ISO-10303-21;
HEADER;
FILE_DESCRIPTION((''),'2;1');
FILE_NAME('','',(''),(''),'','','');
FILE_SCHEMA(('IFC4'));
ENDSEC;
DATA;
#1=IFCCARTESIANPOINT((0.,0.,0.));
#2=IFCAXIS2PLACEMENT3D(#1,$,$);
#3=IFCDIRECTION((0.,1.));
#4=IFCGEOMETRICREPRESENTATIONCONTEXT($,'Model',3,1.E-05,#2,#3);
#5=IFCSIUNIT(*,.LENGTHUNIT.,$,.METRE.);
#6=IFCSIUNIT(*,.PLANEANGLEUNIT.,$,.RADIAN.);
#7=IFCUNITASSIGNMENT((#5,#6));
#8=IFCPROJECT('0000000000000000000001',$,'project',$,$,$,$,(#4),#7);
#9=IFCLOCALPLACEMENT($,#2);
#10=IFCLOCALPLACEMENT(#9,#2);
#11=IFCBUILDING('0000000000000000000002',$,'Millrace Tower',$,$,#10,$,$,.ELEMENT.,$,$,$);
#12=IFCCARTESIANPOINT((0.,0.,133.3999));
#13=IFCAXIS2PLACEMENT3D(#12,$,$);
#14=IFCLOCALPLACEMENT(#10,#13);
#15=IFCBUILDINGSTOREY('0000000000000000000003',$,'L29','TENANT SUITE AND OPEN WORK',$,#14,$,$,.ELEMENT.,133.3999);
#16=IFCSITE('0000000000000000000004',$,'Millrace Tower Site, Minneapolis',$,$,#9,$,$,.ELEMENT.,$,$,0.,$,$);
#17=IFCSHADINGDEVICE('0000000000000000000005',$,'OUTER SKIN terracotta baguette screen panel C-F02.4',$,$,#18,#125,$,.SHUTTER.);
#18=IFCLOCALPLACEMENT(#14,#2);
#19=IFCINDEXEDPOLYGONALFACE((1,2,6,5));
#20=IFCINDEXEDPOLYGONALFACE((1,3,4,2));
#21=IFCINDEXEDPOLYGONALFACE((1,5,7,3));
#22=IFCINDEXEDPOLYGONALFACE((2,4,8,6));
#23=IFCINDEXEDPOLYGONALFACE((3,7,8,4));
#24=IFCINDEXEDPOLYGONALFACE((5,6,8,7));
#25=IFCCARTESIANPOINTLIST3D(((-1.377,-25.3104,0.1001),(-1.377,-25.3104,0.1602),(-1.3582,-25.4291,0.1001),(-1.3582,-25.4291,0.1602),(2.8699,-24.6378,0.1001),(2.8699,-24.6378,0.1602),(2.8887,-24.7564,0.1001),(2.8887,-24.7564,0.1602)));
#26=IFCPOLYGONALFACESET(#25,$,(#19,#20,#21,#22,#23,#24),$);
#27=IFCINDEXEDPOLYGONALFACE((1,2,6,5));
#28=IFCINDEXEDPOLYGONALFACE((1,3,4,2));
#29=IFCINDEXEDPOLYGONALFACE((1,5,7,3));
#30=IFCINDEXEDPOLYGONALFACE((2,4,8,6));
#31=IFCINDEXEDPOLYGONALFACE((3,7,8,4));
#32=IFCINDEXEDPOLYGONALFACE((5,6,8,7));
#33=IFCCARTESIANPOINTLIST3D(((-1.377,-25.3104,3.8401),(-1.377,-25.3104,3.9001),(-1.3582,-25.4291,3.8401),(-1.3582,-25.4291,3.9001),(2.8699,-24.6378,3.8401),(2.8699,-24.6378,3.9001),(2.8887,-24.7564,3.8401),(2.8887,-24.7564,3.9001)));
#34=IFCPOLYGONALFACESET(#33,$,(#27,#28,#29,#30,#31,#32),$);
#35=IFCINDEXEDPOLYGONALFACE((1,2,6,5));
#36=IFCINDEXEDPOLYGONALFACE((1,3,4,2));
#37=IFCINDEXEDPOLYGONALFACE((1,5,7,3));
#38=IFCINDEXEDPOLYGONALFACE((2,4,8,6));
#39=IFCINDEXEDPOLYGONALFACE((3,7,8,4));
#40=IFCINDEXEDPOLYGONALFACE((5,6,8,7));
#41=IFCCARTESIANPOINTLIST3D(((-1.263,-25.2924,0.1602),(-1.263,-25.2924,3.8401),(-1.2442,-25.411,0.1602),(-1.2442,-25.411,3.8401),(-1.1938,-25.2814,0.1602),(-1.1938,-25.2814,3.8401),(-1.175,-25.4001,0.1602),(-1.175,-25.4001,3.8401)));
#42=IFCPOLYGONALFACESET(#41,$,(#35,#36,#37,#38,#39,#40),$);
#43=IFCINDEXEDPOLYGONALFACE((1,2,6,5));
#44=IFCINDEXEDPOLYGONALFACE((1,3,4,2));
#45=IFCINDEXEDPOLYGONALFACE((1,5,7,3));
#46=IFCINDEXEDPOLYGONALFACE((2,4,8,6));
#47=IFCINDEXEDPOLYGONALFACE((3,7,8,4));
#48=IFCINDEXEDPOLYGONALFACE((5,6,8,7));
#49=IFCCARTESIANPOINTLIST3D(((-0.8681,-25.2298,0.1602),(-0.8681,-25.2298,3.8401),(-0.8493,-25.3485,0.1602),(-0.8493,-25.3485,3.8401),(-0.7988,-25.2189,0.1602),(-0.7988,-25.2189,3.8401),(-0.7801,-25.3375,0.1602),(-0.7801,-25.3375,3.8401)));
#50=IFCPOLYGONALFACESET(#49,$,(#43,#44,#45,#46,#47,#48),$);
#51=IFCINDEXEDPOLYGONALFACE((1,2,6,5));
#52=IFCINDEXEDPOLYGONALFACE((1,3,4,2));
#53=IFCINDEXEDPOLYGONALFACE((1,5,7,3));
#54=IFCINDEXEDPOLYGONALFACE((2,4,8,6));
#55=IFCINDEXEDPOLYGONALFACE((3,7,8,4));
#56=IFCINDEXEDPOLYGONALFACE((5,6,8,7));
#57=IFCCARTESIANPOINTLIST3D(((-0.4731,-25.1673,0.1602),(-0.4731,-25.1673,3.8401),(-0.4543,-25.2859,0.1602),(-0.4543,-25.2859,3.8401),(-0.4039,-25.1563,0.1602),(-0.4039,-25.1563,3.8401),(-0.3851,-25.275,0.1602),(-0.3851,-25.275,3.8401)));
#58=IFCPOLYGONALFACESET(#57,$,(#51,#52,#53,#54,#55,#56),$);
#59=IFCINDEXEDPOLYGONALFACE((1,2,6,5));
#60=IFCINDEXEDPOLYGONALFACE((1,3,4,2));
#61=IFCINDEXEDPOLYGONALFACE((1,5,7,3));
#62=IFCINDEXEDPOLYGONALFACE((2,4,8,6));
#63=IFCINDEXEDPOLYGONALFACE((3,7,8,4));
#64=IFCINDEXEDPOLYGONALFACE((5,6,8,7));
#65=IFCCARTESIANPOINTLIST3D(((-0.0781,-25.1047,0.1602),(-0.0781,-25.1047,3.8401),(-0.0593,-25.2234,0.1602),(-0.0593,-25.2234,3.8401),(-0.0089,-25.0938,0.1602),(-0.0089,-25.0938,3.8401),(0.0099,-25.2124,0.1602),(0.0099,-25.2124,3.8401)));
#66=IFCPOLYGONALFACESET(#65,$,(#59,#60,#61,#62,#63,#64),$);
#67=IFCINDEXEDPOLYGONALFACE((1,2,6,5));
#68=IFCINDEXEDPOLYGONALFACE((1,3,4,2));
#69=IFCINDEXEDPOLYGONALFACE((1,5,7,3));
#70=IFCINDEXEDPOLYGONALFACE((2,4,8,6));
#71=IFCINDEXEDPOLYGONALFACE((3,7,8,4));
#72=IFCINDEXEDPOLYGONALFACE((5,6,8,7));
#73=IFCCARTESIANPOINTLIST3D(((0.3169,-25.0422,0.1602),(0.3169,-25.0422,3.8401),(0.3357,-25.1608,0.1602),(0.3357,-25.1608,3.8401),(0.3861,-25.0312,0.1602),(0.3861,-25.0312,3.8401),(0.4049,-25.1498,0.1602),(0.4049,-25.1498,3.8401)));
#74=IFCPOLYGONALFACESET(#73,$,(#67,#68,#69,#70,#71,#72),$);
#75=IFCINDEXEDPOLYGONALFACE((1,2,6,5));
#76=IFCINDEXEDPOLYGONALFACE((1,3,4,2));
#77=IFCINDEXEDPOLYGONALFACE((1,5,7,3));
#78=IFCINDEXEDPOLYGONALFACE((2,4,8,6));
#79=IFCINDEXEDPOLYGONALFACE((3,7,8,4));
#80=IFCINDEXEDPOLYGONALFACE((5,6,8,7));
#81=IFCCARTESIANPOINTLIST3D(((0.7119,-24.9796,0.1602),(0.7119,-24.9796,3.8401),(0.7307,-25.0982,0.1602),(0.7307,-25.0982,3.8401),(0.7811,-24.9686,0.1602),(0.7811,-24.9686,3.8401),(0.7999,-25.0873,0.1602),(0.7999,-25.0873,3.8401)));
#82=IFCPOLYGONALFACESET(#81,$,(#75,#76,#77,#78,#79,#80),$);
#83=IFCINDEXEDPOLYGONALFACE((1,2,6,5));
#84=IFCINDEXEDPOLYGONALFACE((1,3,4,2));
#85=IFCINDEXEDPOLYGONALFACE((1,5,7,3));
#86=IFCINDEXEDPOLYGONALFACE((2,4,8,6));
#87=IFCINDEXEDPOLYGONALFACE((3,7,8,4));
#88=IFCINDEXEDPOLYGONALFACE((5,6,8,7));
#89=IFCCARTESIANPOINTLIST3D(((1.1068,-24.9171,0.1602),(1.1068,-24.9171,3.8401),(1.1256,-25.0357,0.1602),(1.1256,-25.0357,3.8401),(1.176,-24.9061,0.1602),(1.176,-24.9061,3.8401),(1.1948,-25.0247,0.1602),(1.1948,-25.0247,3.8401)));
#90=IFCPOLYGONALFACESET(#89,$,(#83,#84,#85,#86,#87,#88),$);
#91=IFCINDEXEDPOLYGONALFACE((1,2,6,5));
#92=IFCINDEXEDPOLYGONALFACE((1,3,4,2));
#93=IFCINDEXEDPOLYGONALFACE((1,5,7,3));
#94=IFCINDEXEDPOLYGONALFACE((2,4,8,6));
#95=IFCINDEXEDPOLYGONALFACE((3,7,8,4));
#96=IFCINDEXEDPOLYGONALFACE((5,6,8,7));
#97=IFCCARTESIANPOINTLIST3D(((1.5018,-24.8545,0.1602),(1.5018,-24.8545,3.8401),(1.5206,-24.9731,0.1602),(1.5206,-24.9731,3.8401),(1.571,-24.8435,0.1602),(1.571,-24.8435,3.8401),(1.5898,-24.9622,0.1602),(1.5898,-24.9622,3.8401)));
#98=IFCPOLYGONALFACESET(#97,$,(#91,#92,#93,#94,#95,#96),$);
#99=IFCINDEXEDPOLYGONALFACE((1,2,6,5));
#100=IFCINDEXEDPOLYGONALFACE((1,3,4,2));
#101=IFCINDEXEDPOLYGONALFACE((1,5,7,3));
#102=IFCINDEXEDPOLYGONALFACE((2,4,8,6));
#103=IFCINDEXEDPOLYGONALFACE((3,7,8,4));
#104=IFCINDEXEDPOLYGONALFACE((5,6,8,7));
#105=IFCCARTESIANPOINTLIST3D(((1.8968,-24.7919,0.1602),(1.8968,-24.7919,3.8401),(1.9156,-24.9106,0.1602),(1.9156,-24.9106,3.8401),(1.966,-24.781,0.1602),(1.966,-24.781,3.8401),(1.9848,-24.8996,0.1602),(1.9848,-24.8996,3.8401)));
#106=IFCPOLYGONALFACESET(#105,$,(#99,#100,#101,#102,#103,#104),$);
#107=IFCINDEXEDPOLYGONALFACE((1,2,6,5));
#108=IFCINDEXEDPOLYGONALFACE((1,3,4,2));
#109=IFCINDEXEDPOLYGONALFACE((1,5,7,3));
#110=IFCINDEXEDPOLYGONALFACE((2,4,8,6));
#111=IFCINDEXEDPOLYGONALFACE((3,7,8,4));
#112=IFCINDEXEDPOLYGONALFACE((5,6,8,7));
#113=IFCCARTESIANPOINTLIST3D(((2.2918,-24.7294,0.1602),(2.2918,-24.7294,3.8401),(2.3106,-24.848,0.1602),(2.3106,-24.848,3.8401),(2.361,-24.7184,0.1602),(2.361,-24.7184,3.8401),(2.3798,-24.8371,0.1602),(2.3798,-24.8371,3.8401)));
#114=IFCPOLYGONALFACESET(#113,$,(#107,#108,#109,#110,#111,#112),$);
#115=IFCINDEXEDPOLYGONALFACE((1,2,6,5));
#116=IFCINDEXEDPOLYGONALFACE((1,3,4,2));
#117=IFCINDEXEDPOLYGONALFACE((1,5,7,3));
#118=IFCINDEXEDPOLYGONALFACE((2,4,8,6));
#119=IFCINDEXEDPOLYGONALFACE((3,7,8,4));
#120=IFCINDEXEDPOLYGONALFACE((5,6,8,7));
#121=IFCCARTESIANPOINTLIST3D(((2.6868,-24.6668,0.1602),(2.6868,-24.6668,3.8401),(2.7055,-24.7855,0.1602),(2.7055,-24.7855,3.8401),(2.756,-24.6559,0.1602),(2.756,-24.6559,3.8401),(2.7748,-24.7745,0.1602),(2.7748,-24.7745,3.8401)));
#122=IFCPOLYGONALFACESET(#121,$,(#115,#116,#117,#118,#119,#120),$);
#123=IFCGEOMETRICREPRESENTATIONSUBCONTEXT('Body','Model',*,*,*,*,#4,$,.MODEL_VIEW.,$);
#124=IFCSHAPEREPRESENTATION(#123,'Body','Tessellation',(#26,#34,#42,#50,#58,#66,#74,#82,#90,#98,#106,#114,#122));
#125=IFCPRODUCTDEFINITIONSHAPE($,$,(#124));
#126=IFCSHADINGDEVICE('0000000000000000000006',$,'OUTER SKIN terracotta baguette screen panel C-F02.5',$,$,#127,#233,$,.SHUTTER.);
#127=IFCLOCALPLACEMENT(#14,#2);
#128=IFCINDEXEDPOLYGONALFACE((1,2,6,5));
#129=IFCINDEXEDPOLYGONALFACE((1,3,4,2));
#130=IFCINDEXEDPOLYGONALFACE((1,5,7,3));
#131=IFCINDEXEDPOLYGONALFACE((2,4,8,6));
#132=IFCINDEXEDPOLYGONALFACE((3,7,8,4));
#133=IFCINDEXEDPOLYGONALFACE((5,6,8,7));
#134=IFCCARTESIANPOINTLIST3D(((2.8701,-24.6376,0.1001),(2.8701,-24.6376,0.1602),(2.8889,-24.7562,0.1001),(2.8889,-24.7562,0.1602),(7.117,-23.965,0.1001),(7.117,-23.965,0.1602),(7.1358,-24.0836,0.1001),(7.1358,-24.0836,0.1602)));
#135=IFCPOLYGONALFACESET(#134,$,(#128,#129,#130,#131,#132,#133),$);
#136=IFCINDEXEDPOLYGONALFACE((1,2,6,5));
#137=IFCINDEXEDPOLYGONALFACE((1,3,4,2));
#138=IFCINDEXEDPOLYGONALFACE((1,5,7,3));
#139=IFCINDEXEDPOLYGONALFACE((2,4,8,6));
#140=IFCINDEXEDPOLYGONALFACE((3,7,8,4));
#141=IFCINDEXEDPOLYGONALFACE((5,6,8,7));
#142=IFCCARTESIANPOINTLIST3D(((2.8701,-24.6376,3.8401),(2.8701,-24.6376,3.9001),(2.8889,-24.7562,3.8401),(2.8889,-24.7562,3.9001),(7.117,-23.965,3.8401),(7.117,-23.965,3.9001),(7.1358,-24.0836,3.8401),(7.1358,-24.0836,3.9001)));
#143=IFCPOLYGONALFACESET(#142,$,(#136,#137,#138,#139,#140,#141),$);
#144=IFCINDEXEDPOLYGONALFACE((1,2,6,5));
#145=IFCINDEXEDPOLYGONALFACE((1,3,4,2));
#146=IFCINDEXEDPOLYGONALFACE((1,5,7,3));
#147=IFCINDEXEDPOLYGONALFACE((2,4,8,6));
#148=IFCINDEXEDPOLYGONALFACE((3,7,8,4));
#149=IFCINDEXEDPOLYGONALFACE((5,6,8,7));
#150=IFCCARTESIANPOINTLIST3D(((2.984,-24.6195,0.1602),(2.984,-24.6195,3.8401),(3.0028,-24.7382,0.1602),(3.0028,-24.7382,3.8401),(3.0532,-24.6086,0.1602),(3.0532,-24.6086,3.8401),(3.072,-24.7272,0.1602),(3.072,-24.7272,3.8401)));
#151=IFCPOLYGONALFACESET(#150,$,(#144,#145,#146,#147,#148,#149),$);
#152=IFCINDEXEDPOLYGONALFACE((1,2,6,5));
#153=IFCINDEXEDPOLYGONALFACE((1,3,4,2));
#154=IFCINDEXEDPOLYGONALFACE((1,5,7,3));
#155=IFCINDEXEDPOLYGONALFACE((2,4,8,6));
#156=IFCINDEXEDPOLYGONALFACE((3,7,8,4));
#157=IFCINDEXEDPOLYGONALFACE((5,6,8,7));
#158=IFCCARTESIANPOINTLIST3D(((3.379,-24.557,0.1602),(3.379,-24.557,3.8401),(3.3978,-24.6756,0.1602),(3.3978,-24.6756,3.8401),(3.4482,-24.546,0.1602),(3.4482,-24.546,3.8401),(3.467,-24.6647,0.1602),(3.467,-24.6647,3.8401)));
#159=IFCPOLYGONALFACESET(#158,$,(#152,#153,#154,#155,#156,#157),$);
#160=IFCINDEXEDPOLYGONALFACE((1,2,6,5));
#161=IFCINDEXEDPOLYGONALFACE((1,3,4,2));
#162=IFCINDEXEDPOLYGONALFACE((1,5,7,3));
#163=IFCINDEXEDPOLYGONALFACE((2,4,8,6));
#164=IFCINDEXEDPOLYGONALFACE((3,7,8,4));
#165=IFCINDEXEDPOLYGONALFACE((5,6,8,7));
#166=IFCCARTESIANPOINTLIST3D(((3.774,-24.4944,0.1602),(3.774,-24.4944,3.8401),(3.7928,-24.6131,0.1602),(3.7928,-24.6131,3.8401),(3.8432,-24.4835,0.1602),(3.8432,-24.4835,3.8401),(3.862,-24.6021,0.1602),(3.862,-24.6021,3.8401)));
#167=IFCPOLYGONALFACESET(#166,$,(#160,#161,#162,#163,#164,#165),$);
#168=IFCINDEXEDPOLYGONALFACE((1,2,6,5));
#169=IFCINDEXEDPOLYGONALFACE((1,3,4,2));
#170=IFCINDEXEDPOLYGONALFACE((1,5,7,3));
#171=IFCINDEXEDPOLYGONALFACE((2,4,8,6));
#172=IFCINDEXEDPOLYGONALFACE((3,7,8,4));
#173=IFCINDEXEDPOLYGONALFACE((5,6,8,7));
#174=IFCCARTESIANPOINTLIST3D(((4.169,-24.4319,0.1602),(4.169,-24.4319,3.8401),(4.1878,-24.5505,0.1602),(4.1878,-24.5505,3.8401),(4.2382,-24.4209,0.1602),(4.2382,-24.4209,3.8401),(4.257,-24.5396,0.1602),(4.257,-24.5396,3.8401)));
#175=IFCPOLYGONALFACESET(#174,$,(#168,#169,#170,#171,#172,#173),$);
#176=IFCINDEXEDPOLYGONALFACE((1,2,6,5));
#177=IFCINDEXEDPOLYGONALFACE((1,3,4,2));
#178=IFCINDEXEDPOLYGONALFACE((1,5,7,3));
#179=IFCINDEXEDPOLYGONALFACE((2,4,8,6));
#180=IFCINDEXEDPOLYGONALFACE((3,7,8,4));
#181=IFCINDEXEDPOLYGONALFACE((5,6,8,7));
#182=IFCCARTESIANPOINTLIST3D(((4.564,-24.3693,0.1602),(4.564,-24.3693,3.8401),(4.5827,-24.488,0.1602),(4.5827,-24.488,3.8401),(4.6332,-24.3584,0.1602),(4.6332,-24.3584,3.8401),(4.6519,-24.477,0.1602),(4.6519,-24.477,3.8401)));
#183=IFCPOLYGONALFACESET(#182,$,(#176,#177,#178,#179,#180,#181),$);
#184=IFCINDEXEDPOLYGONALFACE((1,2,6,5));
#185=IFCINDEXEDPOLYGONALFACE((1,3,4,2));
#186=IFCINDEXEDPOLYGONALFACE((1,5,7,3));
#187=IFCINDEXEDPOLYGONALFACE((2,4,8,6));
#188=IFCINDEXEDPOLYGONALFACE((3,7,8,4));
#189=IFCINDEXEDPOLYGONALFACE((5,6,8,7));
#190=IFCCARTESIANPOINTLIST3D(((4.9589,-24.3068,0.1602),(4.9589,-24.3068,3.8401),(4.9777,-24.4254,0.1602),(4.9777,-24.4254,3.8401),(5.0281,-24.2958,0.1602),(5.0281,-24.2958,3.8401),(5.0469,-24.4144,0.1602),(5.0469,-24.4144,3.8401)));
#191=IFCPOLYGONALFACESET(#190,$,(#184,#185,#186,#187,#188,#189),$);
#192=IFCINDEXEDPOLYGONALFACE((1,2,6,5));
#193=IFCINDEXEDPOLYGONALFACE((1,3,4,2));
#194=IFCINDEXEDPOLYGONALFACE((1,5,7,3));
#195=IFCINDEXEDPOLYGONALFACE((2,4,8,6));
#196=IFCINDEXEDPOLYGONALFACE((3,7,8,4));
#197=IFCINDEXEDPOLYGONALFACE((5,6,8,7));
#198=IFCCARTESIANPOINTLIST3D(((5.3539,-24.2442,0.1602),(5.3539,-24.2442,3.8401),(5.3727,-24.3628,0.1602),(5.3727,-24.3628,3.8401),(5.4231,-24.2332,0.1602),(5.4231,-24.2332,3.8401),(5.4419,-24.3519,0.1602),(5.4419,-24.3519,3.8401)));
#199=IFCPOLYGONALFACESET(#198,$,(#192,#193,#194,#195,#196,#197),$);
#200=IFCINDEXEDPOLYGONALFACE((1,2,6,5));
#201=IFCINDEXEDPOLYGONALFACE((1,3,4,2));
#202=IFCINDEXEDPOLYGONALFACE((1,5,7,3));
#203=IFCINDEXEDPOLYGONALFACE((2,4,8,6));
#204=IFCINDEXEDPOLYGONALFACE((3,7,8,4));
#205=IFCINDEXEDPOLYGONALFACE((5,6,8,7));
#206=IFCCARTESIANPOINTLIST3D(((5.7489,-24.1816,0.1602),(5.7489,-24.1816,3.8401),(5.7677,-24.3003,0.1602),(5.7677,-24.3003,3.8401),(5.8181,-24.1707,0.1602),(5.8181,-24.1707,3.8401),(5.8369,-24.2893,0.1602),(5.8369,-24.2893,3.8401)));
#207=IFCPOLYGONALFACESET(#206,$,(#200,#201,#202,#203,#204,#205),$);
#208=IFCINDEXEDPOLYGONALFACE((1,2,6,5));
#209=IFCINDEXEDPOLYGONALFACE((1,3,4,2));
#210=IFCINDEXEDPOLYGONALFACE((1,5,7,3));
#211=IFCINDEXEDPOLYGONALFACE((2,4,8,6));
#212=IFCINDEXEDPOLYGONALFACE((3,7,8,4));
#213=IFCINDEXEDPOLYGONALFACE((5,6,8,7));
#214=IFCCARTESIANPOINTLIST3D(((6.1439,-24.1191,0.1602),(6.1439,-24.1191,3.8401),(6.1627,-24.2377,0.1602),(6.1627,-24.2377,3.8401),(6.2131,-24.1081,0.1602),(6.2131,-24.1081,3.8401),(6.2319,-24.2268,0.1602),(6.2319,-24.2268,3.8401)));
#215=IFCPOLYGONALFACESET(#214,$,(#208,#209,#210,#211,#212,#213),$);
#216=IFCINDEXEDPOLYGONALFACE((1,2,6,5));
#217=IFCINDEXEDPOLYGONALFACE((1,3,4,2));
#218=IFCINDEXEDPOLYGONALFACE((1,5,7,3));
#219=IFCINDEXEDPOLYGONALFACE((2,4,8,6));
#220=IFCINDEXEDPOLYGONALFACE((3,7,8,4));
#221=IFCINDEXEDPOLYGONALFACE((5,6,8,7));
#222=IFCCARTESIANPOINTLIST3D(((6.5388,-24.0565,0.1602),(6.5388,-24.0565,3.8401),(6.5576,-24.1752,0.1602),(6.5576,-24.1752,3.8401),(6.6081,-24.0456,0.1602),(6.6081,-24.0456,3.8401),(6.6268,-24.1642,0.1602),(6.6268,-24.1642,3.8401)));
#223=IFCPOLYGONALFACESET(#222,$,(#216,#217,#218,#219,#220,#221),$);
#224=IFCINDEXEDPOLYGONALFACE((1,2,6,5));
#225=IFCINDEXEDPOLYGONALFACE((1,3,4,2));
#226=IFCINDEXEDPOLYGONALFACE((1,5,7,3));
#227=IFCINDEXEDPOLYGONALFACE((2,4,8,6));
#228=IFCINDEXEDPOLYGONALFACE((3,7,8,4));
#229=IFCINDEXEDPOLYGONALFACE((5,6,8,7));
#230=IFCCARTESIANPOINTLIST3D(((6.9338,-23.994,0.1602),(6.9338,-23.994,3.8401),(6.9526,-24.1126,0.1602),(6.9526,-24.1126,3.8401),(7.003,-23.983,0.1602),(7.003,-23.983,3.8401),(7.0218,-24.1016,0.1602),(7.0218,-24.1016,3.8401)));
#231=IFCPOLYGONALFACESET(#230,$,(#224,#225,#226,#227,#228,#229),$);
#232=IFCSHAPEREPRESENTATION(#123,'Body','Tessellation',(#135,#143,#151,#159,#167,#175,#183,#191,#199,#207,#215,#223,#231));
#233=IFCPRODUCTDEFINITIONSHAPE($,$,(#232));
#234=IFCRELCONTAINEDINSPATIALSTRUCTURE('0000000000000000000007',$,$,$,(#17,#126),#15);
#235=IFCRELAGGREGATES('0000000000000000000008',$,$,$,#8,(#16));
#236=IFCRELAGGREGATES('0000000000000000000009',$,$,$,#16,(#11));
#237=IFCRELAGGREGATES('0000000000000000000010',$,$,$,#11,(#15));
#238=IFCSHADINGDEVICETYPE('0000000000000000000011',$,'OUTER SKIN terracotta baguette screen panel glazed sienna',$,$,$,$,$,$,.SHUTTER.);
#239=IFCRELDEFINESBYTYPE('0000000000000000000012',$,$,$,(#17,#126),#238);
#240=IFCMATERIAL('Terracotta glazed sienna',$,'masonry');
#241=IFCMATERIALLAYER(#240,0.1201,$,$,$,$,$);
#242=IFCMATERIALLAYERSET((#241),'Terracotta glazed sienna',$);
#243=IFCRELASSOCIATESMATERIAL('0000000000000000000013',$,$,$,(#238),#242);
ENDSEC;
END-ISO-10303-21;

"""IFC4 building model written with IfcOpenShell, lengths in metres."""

from ifc_helpers import new_model, entity, si_unit, direction, frame, frame_2d, origin, origin_2d, place, context, subcontext, project, spatial, rectangle, extrude, source, transform, mapped, material, layer, layer_set, type_object, element, save


model = new_model("IFC4")

# Units and contexts
model_context = context("Model", 3, precision=1e-05, world=origin(), true_north=direction((0.0, 1.0)))
body_context = subcontext(model_context, "Body", "Model", "MODEL_VIEW")
ifc_project = project(units=[si_unit("LENGTHUNIT", "METRE"), si_unit("PLANEANGLEUNIT", "RADIAN")], contexts=[model_context])

# Site, building, storey
site_placement = place(None, origin())
site = spatial("IfcSite", under=ifc_project, at=site_placement, Name="Millrace Tower Site, Minneapolis", CompositionType="ELEMENT", RefElevation=0.0)
building_placement = place(site_placement, origin())
building = spatial("IfcBuilding", under=site, at=building_placement, Name="Millrace Tower", CompositionType="ELEMENT")
storey_placement = place(building_placement, frame((0.0, 0.0, 133.3999)))
storey = spatial("IfcBuildingStorey", under=building, at=storey_placement, Name="L29", Description="TENANT SUITE AND OPEN WORK", CompositionType="ELEMENT", Elevation=133.3999)

# Shading devices
ifc_material_1 = material(Name="Terracotta glazed sienna", Category="masonry")
ifc_layer_1 = layer(ifc_material_1, 0.1201)
ifc_layer_set_1 = layer_set([ifc_layer_1], Name="Terracotta glazed sienna")
shading_device_type = type_object("IfcShadingDeviceType", Name="OUTER SKIN terracotta baguette screen panel glazed sienna", PredefinedType="SHUTTER", material=ifc_layer_set_1)
cartesian_point = entity("IfcCartesianPoint", [-2.1499, 0.0601])
shared_polyline = entity("IfcPolyline", [cartesian_point, entity("IfcCartesianPoint", [2.1499, 0.0601]), entity("IfcCartesianPoint", [2.1499, -0.0601]), entity("IfcCartesianPoint", [-2.1499, -0.0601]), cartesian_point])
shared_shape = source(origin(), body_context, "Body", "SweptSolid", [
    entity("IfcExtrudedAreaSolid", entity("IfcArbitraryClosedProfileDef", "AREA", None, shared_polyline), entity("IfcAxis2Placement3D", entity("IfcCartesianPoint", [0.0, 0.0, 0.0])), entity("IfcDirection", [0.0, 0.0, 1.0]), 0.0601),
    entity("IfcExtrudedAreaSolid", entity("IfcArbitraryClosedProfileDef", "AREA", None, shared_polyline), entity("IfcAxis2Placement3D", entity("IfcCartesianPoint", [0.0, 0.0, 3.74])), entity("IfcDirection", [0.0, 0.0, 1.0]), 0.0601),
    extrude(rectangle(XDim=0.0701, YDim=0.1201, at=frame_2d((-1.9995, 0.0))), frame((0.0, 0.0, 0.0601)), (0.0, 0.0, 1.0), 3.6799),
    extrude(rectangle(XDim=0.0701, YDim=0.1201, at=frame_2d((-1.5996, 0.0))), frame((0.0, 0.0, 0.0601)), (0.0, 0.0, 1.0), 3.6799),
    extrude(rectangle(XDim=0.0701, YDim=0.1201, at=frame_2d((-1.1997, 0.0))), frame((0.0, 0.0, 0.0601)), (0.0, 0.0, 1.0), 3.6799),
    extrude(rectangle(XDim=0.0701, YDim=0.1201, at=frame_2d((-0.7998, 0.0))), frame((0.0, 0.0, 0.0601)), (0.0, 0.0, 1.0), 3.6799),
    extrude(rectangle(XDim=0.0701, YDim=0.1201, at=frame_2d((-0.3999, 0.0))), frame((0.0, 0.0, 0.0601)), (0.0, 0.0, 1.0), 3.6799),
    extrude(rectangle(XDim=0.0701, YDim=0.1201, at=origin_2d()), frame((0.0, 0.0, 0.0601)), (0.0, 0.0, 1.0), 3.6799),
    extrude(rectangle(XDim=0.0701, YDim=0.1201, at=frame_2d((0.3999, 0.0))), frame((0.0, 0.0, 0.0601)), (0.0, 0.0, 1.0), 3.6799),
    extrude(rectangle(XDim=0.0701, YDim=0.1201, at=frame_2d((0.7998, 0.0))), frame((0.0, 0.0, 0.0601)), (0.0, 0.0, 1.0), 3.6799),
    extrude(rectangle(XDim=0.0701, YDim=0.1201, at=frame_2d((1.1997, 0.0))), frame((0.0, 0.0, 0.0601)), (0.0, 0.0, 1.0), 3.6799),
    extrude(rectangle(XDim=0.0701, YDim=0.1201, at=frame_2d((1.5996, 0.0))), frame((0.0, 0.0, 0.0601)), (0.0, 0.0, 1.0), 3.6799),
    extrude(rectangle(XDim=0.0701, YDim=0.1201, at=frame_2d((1.9995, 0.0))), frame((0.0, 0.0, 0.0601)), (0.0, 0.0, 1.0), 3.6799),
])
for number, where, z_axis, x_axis, name in (
    (1, (0.7559, -25.0334, 0.1001), (0.0, 0.0, 1.0), (0.987688, 0.156434, 0.0), "OUTER SKIN terracotta baguette screen panel C-F02.4"),
    (2, (5.0029, -24.3606, 0.1001), (0.0, 0.0, 1.0), (0.987688, 0.156434, 0.0), "OUTER SKIN terracotta baguette screen panel C-F02.5"),
):
    element("IfcShadingDevice", number, at=place(storey_placement, frame(where, z_axis=z_axis, x_axis=x_axis)), inside=storey, type_object=shading_device_type, Name=name, PredefinedType="SHUTTER", context=body_context, shape_type="MappedRepresentation", body=[
        mapped(shared_shape, transform((0.0, 0.0, 0.0), scale=1.0)),
    ])

save(model, "model.ifc")
